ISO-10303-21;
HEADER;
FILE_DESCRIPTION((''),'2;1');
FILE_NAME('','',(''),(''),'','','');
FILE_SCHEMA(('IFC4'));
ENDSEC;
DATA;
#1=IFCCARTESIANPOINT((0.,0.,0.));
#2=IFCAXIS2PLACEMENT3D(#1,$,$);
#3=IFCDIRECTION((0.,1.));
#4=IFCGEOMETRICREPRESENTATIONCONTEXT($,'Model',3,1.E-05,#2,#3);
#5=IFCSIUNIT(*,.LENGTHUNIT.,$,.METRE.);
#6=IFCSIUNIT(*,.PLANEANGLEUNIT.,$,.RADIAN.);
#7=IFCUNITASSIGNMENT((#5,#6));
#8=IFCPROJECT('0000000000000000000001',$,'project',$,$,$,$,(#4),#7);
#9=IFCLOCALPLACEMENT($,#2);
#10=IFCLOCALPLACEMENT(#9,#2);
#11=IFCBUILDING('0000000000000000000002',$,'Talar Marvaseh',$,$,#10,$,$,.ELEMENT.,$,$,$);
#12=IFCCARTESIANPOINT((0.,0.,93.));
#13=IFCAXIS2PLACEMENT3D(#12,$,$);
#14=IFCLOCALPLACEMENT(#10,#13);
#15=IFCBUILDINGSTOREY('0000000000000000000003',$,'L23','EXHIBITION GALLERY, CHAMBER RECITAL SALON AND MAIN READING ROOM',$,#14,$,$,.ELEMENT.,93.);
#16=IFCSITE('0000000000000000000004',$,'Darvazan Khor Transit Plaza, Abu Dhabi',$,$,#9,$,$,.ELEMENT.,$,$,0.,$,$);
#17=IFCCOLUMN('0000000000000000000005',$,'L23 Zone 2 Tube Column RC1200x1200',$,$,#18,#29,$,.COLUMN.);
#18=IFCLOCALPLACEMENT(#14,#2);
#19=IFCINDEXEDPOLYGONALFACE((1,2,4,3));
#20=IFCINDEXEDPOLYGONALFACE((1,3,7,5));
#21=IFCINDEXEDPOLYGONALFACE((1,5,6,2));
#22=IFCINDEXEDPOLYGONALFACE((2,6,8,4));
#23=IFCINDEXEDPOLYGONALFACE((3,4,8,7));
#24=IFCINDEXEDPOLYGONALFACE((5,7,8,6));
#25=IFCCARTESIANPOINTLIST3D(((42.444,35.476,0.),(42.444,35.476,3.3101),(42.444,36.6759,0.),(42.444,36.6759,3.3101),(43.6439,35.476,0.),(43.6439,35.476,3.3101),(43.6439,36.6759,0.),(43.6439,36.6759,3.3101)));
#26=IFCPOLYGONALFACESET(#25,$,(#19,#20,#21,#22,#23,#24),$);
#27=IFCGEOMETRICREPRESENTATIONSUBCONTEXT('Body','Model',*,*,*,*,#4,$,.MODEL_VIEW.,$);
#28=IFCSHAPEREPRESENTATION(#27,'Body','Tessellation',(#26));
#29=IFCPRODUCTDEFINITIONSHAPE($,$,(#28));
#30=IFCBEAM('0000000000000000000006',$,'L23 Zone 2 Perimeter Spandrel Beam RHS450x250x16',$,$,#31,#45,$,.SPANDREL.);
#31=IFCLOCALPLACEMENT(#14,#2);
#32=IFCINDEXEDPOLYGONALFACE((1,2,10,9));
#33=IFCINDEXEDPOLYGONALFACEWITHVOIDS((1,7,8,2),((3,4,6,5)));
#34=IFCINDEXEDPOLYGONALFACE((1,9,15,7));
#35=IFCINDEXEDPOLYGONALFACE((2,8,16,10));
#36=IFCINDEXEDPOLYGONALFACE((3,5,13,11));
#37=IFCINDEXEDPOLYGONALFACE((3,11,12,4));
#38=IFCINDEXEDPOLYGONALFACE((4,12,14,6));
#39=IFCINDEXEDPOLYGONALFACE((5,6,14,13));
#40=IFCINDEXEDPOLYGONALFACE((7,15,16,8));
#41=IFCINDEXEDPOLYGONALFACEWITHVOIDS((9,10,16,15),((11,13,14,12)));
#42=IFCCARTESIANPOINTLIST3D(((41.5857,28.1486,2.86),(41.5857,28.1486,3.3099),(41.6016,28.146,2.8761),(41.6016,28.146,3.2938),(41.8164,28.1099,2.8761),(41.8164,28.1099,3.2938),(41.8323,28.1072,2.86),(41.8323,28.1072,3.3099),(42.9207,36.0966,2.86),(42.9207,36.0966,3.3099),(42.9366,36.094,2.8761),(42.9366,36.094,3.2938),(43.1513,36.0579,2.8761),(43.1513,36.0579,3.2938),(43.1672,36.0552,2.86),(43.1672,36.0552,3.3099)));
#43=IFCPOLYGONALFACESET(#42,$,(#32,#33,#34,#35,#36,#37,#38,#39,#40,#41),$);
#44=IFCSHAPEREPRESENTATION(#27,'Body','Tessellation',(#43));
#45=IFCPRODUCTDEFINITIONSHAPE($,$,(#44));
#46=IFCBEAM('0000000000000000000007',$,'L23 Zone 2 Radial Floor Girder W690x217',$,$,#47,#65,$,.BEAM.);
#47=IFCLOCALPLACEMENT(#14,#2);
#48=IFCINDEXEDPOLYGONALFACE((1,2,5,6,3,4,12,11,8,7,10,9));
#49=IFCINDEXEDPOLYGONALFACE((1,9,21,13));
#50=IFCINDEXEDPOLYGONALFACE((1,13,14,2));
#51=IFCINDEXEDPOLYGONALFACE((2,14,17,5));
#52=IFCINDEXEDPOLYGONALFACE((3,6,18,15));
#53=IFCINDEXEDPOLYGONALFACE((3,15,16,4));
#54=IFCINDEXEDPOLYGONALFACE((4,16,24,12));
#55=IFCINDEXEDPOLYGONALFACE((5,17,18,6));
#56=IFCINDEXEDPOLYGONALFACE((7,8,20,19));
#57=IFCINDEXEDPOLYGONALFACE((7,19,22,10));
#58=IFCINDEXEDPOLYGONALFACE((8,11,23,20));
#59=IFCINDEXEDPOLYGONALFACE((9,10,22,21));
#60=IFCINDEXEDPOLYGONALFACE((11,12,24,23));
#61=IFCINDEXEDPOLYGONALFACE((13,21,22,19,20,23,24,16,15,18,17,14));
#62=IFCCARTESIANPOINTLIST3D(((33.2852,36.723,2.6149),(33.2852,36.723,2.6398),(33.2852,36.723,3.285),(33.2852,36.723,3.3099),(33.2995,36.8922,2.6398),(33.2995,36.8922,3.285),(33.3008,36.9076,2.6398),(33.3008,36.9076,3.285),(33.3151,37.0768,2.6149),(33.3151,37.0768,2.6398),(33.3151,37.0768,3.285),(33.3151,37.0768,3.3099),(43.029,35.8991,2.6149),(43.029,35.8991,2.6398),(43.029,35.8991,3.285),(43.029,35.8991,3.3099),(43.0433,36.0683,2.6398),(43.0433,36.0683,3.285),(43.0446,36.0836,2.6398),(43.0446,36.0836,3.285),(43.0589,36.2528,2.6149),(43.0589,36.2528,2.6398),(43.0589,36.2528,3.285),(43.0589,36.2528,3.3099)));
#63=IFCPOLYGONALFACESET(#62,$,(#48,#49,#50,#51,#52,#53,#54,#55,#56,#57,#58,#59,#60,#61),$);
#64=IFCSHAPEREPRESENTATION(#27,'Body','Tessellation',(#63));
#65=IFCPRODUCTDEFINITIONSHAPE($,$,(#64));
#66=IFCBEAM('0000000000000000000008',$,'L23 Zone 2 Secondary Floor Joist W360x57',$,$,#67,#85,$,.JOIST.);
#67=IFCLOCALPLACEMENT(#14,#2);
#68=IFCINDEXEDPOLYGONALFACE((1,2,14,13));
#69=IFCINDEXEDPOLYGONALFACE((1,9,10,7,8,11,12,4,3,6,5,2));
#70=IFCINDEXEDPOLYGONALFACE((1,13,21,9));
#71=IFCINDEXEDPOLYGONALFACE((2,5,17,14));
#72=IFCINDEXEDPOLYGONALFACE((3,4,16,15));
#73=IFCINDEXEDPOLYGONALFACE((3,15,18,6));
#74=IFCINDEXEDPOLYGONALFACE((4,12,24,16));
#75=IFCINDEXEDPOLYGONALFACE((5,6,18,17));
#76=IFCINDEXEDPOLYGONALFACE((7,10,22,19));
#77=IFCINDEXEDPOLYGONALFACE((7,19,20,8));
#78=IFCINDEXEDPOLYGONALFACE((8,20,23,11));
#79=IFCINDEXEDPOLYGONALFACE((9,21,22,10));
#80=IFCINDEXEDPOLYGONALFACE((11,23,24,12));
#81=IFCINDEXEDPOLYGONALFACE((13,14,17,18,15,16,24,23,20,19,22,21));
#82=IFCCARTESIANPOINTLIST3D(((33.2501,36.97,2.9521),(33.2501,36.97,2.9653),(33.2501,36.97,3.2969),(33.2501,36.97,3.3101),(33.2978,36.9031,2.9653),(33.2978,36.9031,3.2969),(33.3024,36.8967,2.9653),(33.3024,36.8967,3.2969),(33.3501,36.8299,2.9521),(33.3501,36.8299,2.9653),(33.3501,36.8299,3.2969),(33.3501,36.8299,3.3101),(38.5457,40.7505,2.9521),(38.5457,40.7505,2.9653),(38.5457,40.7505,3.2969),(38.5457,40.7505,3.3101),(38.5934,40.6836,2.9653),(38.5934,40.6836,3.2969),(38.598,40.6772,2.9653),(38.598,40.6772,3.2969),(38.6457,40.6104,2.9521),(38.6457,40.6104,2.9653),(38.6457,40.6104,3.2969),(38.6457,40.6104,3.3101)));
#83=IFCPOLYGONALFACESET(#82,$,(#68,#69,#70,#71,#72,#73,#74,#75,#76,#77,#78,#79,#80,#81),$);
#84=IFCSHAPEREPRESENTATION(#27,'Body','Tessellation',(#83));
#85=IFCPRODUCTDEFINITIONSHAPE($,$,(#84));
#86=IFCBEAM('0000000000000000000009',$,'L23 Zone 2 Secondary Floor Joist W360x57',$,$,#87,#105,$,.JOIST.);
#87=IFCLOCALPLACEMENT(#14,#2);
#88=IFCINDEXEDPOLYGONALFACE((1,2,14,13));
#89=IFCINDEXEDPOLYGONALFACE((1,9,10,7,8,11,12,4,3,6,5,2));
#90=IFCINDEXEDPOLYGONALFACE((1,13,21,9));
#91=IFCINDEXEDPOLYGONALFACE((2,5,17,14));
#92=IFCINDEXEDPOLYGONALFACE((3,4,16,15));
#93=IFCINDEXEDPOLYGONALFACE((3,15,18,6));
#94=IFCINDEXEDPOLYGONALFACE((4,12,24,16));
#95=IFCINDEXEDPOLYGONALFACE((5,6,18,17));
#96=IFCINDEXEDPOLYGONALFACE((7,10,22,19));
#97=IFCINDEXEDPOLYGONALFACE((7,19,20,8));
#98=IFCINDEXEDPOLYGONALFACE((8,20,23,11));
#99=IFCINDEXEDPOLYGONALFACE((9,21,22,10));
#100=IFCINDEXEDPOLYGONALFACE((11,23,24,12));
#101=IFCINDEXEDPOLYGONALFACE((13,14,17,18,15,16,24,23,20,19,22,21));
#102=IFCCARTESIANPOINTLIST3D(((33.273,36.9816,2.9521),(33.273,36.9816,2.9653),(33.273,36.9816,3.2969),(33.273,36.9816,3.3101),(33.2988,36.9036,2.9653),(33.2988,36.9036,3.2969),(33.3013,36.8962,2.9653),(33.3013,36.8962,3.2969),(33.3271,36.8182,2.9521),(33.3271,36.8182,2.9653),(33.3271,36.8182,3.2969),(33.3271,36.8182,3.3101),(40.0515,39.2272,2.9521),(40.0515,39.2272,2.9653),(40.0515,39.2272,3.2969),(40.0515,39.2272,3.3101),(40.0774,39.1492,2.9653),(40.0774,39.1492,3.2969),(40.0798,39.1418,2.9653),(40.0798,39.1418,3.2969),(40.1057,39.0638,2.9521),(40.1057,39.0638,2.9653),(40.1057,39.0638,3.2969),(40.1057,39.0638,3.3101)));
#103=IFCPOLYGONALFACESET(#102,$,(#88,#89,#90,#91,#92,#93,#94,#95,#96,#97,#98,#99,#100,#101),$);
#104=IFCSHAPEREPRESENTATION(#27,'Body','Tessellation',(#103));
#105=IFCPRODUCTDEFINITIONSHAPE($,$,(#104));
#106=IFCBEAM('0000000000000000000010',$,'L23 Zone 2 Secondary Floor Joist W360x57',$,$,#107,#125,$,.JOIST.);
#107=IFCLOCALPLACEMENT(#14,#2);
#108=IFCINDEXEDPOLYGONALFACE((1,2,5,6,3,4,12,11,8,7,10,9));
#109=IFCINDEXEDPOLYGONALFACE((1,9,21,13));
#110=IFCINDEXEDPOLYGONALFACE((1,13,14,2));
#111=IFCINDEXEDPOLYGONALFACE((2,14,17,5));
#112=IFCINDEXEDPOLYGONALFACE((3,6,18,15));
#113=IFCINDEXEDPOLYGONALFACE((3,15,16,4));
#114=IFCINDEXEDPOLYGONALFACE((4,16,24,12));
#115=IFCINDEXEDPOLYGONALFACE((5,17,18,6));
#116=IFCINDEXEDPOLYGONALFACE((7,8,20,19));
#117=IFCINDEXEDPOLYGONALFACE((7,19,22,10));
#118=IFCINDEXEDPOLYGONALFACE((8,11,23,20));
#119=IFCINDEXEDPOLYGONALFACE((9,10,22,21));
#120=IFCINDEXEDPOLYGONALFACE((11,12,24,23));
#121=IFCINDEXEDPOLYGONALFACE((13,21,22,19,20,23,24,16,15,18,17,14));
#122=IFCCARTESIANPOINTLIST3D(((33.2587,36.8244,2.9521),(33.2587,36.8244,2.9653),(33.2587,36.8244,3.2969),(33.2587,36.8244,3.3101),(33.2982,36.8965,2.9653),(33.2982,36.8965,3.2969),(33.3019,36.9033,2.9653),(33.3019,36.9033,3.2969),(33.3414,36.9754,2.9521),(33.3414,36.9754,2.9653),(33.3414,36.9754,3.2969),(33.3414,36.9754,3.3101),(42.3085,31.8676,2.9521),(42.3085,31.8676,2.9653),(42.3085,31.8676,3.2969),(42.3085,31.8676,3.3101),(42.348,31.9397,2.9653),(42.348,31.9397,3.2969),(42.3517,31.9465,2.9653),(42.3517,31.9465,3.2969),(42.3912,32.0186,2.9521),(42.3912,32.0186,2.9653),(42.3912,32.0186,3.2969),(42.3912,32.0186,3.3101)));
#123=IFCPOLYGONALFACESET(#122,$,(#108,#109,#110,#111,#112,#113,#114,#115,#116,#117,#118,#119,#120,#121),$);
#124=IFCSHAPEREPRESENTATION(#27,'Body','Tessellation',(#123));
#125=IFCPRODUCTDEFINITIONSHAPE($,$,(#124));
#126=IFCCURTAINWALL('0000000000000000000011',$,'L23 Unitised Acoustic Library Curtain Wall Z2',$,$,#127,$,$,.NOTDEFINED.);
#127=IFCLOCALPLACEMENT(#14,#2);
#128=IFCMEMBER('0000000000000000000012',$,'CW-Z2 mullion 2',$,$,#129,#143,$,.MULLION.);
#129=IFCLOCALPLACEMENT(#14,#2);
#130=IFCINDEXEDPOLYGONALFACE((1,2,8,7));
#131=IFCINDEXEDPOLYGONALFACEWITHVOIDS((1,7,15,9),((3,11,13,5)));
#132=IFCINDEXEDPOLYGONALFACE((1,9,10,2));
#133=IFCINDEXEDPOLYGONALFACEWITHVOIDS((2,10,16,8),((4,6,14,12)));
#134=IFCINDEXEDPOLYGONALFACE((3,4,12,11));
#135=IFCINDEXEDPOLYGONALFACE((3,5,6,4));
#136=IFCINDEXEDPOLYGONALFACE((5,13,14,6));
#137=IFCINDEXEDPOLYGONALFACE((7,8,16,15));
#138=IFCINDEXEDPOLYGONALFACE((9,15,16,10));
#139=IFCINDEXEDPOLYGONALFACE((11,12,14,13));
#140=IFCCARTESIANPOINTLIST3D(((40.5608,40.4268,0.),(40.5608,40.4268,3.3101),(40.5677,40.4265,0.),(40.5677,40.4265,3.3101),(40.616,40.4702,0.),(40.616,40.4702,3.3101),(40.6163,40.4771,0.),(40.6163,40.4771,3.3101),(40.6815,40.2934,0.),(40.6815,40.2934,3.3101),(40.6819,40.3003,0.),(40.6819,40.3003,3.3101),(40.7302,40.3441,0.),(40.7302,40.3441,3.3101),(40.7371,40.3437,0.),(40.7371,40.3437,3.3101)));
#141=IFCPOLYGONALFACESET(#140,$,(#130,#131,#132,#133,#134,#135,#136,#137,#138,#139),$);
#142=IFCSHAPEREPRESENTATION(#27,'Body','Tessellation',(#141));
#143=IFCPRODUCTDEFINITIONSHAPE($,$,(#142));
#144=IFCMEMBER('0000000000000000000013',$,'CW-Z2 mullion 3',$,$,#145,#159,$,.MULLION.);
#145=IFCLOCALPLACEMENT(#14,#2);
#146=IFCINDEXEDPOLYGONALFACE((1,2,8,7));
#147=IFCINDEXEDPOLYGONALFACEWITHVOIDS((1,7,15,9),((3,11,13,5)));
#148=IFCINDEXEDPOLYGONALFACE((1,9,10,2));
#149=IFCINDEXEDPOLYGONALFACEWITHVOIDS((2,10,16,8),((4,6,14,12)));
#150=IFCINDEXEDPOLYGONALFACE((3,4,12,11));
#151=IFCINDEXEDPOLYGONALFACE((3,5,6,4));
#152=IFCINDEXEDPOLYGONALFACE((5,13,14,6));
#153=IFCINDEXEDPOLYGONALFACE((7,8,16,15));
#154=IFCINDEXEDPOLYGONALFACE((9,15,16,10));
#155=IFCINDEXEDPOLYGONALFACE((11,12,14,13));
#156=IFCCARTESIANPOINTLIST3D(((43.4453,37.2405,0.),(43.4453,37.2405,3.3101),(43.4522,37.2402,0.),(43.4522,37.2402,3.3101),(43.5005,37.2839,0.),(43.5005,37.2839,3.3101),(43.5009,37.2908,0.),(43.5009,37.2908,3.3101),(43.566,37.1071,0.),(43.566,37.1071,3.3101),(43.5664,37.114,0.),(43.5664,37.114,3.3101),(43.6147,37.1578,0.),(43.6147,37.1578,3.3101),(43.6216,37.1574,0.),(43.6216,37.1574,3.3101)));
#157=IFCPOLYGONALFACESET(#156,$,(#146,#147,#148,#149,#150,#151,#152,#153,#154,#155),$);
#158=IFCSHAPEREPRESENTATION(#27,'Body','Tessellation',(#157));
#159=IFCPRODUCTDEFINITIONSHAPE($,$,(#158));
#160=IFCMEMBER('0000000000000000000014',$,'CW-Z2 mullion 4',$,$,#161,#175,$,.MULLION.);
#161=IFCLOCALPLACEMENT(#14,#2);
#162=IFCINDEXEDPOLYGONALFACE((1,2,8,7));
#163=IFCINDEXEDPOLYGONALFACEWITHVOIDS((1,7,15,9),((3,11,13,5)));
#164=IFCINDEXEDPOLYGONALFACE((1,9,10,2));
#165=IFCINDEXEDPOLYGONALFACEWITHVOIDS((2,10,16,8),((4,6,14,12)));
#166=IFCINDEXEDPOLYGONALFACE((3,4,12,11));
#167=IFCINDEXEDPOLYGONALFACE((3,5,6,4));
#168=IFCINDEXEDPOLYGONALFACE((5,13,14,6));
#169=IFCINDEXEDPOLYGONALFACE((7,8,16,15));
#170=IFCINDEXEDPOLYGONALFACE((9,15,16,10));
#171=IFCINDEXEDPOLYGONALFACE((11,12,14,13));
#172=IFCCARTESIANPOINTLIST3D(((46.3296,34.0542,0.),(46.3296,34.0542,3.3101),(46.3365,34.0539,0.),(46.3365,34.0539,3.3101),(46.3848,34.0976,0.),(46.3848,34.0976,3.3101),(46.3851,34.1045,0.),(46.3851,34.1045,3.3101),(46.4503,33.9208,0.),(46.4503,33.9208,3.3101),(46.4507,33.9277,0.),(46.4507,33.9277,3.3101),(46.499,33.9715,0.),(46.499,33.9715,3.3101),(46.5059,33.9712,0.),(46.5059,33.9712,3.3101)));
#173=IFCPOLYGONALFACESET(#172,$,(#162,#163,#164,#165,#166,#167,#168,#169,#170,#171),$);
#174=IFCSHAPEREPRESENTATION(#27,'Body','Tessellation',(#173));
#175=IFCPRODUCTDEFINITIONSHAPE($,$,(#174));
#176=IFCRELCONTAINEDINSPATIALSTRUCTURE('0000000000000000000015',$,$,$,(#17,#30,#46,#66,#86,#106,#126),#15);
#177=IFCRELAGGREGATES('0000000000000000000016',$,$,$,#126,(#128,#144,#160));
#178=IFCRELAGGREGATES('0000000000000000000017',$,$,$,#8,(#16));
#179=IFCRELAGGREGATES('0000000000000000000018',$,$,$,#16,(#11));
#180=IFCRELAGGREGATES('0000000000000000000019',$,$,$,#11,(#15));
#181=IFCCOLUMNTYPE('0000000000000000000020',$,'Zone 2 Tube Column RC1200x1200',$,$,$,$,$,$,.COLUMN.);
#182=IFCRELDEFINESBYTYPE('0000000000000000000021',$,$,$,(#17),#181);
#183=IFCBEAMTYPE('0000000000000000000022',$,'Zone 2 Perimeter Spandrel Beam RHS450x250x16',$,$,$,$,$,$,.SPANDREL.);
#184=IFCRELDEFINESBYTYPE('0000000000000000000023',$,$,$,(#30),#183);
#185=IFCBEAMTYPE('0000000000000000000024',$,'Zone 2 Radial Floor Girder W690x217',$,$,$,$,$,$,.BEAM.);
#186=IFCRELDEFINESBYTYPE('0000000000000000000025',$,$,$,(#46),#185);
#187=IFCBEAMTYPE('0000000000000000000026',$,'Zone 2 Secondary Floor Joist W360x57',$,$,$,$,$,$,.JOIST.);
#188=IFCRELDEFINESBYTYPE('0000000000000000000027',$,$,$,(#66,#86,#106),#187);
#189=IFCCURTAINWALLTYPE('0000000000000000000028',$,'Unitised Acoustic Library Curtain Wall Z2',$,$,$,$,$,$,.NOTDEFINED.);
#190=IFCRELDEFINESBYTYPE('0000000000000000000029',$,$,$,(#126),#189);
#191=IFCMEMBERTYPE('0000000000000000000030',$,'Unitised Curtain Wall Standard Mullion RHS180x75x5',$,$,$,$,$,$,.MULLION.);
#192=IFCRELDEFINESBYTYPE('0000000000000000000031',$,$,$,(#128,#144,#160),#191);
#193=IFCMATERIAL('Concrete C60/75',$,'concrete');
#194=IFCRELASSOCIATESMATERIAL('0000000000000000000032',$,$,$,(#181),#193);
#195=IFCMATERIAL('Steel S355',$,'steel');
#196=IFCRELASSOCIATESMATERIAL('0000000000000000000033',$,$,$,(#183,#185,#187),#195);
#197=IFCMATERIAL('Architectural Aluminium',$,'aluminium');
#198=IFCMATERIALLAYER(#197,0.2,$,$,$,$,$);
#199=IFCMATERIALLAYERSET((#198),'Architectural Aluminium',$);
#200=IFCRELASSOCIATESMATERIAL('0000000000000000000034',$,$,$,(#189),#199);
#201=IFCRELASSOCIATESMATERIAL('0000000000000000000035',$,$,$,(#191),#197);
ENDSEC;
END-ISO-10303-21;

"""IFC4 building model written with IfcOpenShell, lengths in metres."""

from ifc_helpers import new_model, si_unit, direction, frame, origin, origin_2d, place, context, subcontext, project, spatial, rectangle, hollow_rectangle, i_section, extrude, source, transform, mapped, material, layer, layer_set, material_profile, profile_set, type_object, type_shapes, element, aggregate, save


model = new_model("IFC4")

# Units and contexts
model_context = context("Model", 3, precision=1e-05, world=origin(), true_north=direction((0.0, 1.0)))
body_context = subcontext(model_context, "Body", "Model", "MODEL_VIEW")
ifc_project = project(units=[si_unit("LENGTHUNIT", "METRE"), si_unit("PLANEANGLEUNIT", "RADIAN")], contexts=[model_context])

# Site, building, storey
site_placement = place(None, origin())
site = spatial("IfcSite", under=ifc_project, at=site_placement, Name="Darvazan Khor Transit Plaza, Abu Dhabi", CompositionType="ELEMENT", RefElevation=0.0)
building_placement = place(site_placement, origin())
building = spatial("IfcBuilding", under=site, at=building_placement, Name="Talar Marvaseh", CompositionType="ELEMENT")
storey_placement = place(building_placement, frame((0.0, 0.0, 93.0)))
storey = spatial("IfcBuildingStorey", under=building, at=storey_placement, Name="L23", Description="EXHIBITION GALLERY, CHAMBER RECITAL SALON AND MAIN READING ROOM", CompositionType="ELEMENT", Elevation=93.0)

# Column
ifc_material_1 = material(Name="Concrete C60/75", Category="concrete")
ifc_material_profile_1 = material_profile(ifc_material_1, rectangle(XDim=1.2, YDim=1.2, at=origin_2d()), Name="RC1200x1200")
ifc_profile_set_1 = profile_set([ifc_material_profile_1], Name="Concrete C60/75")
column_type = type_object("IfcColumnType", Name="Zone 2 Tube Column RC1200x1200", PredefinedType="COLUMN", material=ifc_profile_set_1)
column_placement = place(storey_placement, frame((43.0439, 36.0759, 0.0), z_axis=(0.0, 0.0, 1.0), x_axis=(1.0, 0.0, 0.0)))
element("IfcColumn", 1, at=column_placement, inside=storey, type_object=column_type, Name="L23 Zone 2 Tube Column RC1200x1200", PredefinedType="COLUMN", context=body_context, shape_type="SweptSolid", body=[
    extrude(rectangle(XDim=1.2, YDim=1.2, at=origin_2d()), origin(), (0.0, 0.0, 1.0), 3.3101),
])

# Beams
ifc_material_2 = material(Name="Steel S355", Category="steel")
ifc_material_profile_2 = material_profile(ifc_material_2, hollow_rectangle(XDim=0.25, YDim=0.45, WallThickness=0.0161, at=origin_2d()), Name="RHS450x250x16")
ifc_profile_set_2 = profile_set([ifc_material_profile_2], Name="Steel S355")
beam_type_1 = type_object("IfcBeamType", Name="Zone 2 Perimeter Spandrel Beam RHS450x250x16", PredefinedType="SPANDREL", material=ifc_profile_set_2)
beam_1_placement = place(storey_placement, frame((43.0439, 36.0759, 3.085), z_axis=(-0.165642, -0.986186, 0.0), x_axis=(0.986186, -0.165642, 0.0)))
element("IfcBeam", 2, at=beam_1_placement, inside=storey, type_object=beam_type_1, Name="L23 Zone 2 Perimeter Spandrel Beam RHS450x250x16", PredefinedType="SPANDREL", context=body_context, shape_type="SweptSolid", body=[
    extrude(hollow_rectangle(XDim=0.25, YDim=0.45, WallThickness=0.0161, at=origin_2d()), origin(), (0.0, 0.0, 1.0), 8.0593),
])
ifc_material_profile_3 = material_profile(ifc_material_2, i_section(OverallWidth=0.355, OverallDepth=0.6951, WebThickness=0.0154, FlangeThickness=0.0249, at=origin_2d()), Name="W690x217")
ifc_profile_set_3 = profile_set([ifc_material_profile_3], Name="Steel S355")
beam_type_2 = type_object("IfcBeamType", Name="Zone 2 Radial Floor Girder W690x217", PredefinedType="BEAM", material=ifc_profile_set_3)
beam_2_placement = place(storey_placement, frame((43.0439, 36.0759, 2.9624), z_axis=(-0.996444, 0.084262, 0.0), x_axis=(-0.084262, -0.996444, 0.0)))
element("IfcBeam", 3, at=beam_2_placement, inside=storey, type_object=beam_type_2, Name="L23 Zone 2 Radial Floor Girder W690x217", PredefinedType="BEAM", context=body_context, shape_type="SweptSolid", body=[
    extrude(i_section(OverallWidth=0.355, OverallDepth=0.6951, WebThickness=0.0154, FlangeThickness=0.0249, at=origin_2d()), origin(), (0.0, 0.0, 1.0), 9.7786),
])
ifc_material_profile_4 = material_profile(ifc_material_2, i_section(OverallWidth=0.1721, OverallDepth=0.3579, WebThickness=0.0078, FlangeThickness=0.0132, at=origin_2d()), Name="W360x57")
ifc_profile_set_4 = profile_set([ifc_material_profile_4], Name="Steel S355")
beam_type_3 = type_object("IfcBeamType", Name="Zone 2 Secondary Floor Joist W360x57", PredefinedType="JOIST", material=ifc_profile_set_4)
beam_3_placement = place(storey_placement, frame((38.5957, 40.6804, 3.1311), z_axis=(-0.813886, -0.581025, 0.0), x_axis=(0.581025, -0.813886, 0.0)))
element("IfcBeam", 4, at=beam_3_placement, inside=storey, type_object=beam_type_3, Name="L23 Zone 2 Secondary Floor Joist W360x57", PredefinedType="JOIST", context=body_context, shape_type="SweptSolid", body=[
    extrude(i_section(OverallWidth=0.1721, OverallDepth=0.3579, WebThickness=0.0078, FlangeThickness=0.0132, at=origin_2d()), origin(), (0.0, 0.0, 1.0), 6.5066),
])
beam_4_placement = place(storey_placement, frame((40.0786, 39.1455, 3.1311), z_axis=(-0.949266, -0.314473, 0.0), x_axis=(0.314473, -0.949266, 0.0)))
element("IfcBeam", 5, at=beam_4_placement, inside=storey, type_object=beam_type_3, Name="L23 Zone 2 Secondary Floor Joist W360x57", PredefinedType="JOIST", context=body_context, shape_type="SweptSolid", body=[
    extrude(i_section(OverallWidth=0.1721, OverallDepth=0.3579, WebThickness=0.0078, FlangeThickness=0.0132, at=origin_2d()), origin(), (0.0, 0.0, 1.0), 7.1409),
])
beam_5_placement = place(storey_placement, frame((42.3499, 31.9431, 3.1311), z_axis=(-0.877058, 0.480385, 0.0), x_axis=(-0.480385, -0.877058, 0.0)))
element("IfcBeam", 6, at=beam_5_placement, inside=storey, type_object=beam_type_3, Name="L23 Zone 2 Secondary Floor Joist W360x57", PredefinedType="JOIST", context=body_context, shape_type="SweptSolid", body=[
    extrude(i_section(OverallWidth=0.1721, OverallDepth=0.3579, WebThickness=0.0078, FlangeThickness=0.0132, at=origin_2d()), origin(), (0.0, 0.0, 1.0), 10.3184),
])

# Curtain wall, members
ifc_material_3 = material(Name="Architectural Aluminium", Category="aluminium")
ifc_layer_1 = layer(ifc_material_3, 0.2)
ifc_layer_set_1 = layer_set([ifc_layer_1], Name="Architectural Aluminium")
curtain_wall_type = type_object("IfcCurtainWallType", Name="Unitised Acoustic Library Curtain Wall Z2", PredefinedType="NOTDEFINED", material=ifc_layer_set_1)
curtain_wall_placement = place(storey_placement, origin())
curtain_wall = element("IfcCurtainWall", 7, at=curtain_wall_placement, inside=storey, type_object=curtain_wall_type, Name="L23 Unitised Acoustic Library Curtain Wall Z2", PredefinedType="NOTDEFINED")
ifc_material_profile_5 = material_profile(ifc_material_3, hollow_rectangle(XDim=0.075, YDim=0.1799, WallThickness=0.0049, at=origin_2d()), Name="RHS180x75x5")
ifc_profile_set_5 = profile_set([ifc_material_profile_5], Name="Architectural Aluminium")
member_type_1 = type_object("IfcMemberType", Name="Unitised Curtain Wall Standard Mullion RHS180x75x5", PredefinedType="MULLION", material=ifc_profile_set_5)
shared_shape_1 = source(origin(), body_context, "Body", "SweptSolid", [
    extrude(hollow_rectangle(XDim=0.075, YDim=0.1799, WallThickness=0.0049, at=origin_2d()), origin(), (0.0, 0.0, 1.0), 3.3101),
])
type_shapes(member_type_1, [shared_shape_1])
member_1_placement = place(storey_placement, frame((40.6489, 40.3853, 0.0), z_axis=(0.0, 0.0, 1.0), x_axis=(0.741347, 0.671122, 0.0)))
member_1 = element("IfcMember", 8, at=member_1_placement, type_object=member_type_1, Name="CW-Z2 mullion 2", PredefinedType="MULLION", context=body_context, shape_type="MappedRepresentation", body=[
    mapped(shared_shape_1, transform((0.0, 0.0, 0.0), x_axis=(1.0, 0.0, 0.0), y_axis=(0.0, 1.0, 0.0), z_axis=(0.0, 0.0, 1.0), scale=1.0)),
])
member_2_placement = place(storey_placement, frame((43.5334, 37.199, 0.0), z_axis=(0.0, 0.0, 1.0), x_axis=(0.741347, 0.671122, 0.0)))
member_2 = element("IfcMember", 9, at=member_2_placement, type_object=member_type_1, Name="CW-Z2 mullion 3", PredefinedType="MULLION", context=body_context, shape_type="MappedRepresentation", body=[
    mapped(shared_shape_1, transform((0.0, 0.0, 0.0), x_axis=(1.0, 0.0, 0.0), y_axis=(0.0, 1.0, 0.0), z_axis=(0.0, 0.0, 1.0), scale=1.0)),
])
member_3_placement = place(storey_placement, frame((46.4177, 34.0127, 0.0), z_axis=(0.0, 0.0, 1.0), x_axis=(0.741347, 0.671122, 0.0)))
member_3 = element("IfcMember", 10, at=member_3_placement, type_object=member_type_1, Name="CW-Z2 mullion 4", PredefinedType="MULLION", context=body_context, shape_type="MappedRepresentation", body=[
    mapped(shared_shape_1, transform((0.0, 0.0, 0.0), x_axis=(1.0, 0.0, 0.0), y_axis=(0.0, 1.0, 0.0), z_axis=(0.0, 0.0, 1.0), scale=1.0)),
])
aggregate(curtain_wall, [member_1, member_2, member_3])

save(model, "model.ifc")
